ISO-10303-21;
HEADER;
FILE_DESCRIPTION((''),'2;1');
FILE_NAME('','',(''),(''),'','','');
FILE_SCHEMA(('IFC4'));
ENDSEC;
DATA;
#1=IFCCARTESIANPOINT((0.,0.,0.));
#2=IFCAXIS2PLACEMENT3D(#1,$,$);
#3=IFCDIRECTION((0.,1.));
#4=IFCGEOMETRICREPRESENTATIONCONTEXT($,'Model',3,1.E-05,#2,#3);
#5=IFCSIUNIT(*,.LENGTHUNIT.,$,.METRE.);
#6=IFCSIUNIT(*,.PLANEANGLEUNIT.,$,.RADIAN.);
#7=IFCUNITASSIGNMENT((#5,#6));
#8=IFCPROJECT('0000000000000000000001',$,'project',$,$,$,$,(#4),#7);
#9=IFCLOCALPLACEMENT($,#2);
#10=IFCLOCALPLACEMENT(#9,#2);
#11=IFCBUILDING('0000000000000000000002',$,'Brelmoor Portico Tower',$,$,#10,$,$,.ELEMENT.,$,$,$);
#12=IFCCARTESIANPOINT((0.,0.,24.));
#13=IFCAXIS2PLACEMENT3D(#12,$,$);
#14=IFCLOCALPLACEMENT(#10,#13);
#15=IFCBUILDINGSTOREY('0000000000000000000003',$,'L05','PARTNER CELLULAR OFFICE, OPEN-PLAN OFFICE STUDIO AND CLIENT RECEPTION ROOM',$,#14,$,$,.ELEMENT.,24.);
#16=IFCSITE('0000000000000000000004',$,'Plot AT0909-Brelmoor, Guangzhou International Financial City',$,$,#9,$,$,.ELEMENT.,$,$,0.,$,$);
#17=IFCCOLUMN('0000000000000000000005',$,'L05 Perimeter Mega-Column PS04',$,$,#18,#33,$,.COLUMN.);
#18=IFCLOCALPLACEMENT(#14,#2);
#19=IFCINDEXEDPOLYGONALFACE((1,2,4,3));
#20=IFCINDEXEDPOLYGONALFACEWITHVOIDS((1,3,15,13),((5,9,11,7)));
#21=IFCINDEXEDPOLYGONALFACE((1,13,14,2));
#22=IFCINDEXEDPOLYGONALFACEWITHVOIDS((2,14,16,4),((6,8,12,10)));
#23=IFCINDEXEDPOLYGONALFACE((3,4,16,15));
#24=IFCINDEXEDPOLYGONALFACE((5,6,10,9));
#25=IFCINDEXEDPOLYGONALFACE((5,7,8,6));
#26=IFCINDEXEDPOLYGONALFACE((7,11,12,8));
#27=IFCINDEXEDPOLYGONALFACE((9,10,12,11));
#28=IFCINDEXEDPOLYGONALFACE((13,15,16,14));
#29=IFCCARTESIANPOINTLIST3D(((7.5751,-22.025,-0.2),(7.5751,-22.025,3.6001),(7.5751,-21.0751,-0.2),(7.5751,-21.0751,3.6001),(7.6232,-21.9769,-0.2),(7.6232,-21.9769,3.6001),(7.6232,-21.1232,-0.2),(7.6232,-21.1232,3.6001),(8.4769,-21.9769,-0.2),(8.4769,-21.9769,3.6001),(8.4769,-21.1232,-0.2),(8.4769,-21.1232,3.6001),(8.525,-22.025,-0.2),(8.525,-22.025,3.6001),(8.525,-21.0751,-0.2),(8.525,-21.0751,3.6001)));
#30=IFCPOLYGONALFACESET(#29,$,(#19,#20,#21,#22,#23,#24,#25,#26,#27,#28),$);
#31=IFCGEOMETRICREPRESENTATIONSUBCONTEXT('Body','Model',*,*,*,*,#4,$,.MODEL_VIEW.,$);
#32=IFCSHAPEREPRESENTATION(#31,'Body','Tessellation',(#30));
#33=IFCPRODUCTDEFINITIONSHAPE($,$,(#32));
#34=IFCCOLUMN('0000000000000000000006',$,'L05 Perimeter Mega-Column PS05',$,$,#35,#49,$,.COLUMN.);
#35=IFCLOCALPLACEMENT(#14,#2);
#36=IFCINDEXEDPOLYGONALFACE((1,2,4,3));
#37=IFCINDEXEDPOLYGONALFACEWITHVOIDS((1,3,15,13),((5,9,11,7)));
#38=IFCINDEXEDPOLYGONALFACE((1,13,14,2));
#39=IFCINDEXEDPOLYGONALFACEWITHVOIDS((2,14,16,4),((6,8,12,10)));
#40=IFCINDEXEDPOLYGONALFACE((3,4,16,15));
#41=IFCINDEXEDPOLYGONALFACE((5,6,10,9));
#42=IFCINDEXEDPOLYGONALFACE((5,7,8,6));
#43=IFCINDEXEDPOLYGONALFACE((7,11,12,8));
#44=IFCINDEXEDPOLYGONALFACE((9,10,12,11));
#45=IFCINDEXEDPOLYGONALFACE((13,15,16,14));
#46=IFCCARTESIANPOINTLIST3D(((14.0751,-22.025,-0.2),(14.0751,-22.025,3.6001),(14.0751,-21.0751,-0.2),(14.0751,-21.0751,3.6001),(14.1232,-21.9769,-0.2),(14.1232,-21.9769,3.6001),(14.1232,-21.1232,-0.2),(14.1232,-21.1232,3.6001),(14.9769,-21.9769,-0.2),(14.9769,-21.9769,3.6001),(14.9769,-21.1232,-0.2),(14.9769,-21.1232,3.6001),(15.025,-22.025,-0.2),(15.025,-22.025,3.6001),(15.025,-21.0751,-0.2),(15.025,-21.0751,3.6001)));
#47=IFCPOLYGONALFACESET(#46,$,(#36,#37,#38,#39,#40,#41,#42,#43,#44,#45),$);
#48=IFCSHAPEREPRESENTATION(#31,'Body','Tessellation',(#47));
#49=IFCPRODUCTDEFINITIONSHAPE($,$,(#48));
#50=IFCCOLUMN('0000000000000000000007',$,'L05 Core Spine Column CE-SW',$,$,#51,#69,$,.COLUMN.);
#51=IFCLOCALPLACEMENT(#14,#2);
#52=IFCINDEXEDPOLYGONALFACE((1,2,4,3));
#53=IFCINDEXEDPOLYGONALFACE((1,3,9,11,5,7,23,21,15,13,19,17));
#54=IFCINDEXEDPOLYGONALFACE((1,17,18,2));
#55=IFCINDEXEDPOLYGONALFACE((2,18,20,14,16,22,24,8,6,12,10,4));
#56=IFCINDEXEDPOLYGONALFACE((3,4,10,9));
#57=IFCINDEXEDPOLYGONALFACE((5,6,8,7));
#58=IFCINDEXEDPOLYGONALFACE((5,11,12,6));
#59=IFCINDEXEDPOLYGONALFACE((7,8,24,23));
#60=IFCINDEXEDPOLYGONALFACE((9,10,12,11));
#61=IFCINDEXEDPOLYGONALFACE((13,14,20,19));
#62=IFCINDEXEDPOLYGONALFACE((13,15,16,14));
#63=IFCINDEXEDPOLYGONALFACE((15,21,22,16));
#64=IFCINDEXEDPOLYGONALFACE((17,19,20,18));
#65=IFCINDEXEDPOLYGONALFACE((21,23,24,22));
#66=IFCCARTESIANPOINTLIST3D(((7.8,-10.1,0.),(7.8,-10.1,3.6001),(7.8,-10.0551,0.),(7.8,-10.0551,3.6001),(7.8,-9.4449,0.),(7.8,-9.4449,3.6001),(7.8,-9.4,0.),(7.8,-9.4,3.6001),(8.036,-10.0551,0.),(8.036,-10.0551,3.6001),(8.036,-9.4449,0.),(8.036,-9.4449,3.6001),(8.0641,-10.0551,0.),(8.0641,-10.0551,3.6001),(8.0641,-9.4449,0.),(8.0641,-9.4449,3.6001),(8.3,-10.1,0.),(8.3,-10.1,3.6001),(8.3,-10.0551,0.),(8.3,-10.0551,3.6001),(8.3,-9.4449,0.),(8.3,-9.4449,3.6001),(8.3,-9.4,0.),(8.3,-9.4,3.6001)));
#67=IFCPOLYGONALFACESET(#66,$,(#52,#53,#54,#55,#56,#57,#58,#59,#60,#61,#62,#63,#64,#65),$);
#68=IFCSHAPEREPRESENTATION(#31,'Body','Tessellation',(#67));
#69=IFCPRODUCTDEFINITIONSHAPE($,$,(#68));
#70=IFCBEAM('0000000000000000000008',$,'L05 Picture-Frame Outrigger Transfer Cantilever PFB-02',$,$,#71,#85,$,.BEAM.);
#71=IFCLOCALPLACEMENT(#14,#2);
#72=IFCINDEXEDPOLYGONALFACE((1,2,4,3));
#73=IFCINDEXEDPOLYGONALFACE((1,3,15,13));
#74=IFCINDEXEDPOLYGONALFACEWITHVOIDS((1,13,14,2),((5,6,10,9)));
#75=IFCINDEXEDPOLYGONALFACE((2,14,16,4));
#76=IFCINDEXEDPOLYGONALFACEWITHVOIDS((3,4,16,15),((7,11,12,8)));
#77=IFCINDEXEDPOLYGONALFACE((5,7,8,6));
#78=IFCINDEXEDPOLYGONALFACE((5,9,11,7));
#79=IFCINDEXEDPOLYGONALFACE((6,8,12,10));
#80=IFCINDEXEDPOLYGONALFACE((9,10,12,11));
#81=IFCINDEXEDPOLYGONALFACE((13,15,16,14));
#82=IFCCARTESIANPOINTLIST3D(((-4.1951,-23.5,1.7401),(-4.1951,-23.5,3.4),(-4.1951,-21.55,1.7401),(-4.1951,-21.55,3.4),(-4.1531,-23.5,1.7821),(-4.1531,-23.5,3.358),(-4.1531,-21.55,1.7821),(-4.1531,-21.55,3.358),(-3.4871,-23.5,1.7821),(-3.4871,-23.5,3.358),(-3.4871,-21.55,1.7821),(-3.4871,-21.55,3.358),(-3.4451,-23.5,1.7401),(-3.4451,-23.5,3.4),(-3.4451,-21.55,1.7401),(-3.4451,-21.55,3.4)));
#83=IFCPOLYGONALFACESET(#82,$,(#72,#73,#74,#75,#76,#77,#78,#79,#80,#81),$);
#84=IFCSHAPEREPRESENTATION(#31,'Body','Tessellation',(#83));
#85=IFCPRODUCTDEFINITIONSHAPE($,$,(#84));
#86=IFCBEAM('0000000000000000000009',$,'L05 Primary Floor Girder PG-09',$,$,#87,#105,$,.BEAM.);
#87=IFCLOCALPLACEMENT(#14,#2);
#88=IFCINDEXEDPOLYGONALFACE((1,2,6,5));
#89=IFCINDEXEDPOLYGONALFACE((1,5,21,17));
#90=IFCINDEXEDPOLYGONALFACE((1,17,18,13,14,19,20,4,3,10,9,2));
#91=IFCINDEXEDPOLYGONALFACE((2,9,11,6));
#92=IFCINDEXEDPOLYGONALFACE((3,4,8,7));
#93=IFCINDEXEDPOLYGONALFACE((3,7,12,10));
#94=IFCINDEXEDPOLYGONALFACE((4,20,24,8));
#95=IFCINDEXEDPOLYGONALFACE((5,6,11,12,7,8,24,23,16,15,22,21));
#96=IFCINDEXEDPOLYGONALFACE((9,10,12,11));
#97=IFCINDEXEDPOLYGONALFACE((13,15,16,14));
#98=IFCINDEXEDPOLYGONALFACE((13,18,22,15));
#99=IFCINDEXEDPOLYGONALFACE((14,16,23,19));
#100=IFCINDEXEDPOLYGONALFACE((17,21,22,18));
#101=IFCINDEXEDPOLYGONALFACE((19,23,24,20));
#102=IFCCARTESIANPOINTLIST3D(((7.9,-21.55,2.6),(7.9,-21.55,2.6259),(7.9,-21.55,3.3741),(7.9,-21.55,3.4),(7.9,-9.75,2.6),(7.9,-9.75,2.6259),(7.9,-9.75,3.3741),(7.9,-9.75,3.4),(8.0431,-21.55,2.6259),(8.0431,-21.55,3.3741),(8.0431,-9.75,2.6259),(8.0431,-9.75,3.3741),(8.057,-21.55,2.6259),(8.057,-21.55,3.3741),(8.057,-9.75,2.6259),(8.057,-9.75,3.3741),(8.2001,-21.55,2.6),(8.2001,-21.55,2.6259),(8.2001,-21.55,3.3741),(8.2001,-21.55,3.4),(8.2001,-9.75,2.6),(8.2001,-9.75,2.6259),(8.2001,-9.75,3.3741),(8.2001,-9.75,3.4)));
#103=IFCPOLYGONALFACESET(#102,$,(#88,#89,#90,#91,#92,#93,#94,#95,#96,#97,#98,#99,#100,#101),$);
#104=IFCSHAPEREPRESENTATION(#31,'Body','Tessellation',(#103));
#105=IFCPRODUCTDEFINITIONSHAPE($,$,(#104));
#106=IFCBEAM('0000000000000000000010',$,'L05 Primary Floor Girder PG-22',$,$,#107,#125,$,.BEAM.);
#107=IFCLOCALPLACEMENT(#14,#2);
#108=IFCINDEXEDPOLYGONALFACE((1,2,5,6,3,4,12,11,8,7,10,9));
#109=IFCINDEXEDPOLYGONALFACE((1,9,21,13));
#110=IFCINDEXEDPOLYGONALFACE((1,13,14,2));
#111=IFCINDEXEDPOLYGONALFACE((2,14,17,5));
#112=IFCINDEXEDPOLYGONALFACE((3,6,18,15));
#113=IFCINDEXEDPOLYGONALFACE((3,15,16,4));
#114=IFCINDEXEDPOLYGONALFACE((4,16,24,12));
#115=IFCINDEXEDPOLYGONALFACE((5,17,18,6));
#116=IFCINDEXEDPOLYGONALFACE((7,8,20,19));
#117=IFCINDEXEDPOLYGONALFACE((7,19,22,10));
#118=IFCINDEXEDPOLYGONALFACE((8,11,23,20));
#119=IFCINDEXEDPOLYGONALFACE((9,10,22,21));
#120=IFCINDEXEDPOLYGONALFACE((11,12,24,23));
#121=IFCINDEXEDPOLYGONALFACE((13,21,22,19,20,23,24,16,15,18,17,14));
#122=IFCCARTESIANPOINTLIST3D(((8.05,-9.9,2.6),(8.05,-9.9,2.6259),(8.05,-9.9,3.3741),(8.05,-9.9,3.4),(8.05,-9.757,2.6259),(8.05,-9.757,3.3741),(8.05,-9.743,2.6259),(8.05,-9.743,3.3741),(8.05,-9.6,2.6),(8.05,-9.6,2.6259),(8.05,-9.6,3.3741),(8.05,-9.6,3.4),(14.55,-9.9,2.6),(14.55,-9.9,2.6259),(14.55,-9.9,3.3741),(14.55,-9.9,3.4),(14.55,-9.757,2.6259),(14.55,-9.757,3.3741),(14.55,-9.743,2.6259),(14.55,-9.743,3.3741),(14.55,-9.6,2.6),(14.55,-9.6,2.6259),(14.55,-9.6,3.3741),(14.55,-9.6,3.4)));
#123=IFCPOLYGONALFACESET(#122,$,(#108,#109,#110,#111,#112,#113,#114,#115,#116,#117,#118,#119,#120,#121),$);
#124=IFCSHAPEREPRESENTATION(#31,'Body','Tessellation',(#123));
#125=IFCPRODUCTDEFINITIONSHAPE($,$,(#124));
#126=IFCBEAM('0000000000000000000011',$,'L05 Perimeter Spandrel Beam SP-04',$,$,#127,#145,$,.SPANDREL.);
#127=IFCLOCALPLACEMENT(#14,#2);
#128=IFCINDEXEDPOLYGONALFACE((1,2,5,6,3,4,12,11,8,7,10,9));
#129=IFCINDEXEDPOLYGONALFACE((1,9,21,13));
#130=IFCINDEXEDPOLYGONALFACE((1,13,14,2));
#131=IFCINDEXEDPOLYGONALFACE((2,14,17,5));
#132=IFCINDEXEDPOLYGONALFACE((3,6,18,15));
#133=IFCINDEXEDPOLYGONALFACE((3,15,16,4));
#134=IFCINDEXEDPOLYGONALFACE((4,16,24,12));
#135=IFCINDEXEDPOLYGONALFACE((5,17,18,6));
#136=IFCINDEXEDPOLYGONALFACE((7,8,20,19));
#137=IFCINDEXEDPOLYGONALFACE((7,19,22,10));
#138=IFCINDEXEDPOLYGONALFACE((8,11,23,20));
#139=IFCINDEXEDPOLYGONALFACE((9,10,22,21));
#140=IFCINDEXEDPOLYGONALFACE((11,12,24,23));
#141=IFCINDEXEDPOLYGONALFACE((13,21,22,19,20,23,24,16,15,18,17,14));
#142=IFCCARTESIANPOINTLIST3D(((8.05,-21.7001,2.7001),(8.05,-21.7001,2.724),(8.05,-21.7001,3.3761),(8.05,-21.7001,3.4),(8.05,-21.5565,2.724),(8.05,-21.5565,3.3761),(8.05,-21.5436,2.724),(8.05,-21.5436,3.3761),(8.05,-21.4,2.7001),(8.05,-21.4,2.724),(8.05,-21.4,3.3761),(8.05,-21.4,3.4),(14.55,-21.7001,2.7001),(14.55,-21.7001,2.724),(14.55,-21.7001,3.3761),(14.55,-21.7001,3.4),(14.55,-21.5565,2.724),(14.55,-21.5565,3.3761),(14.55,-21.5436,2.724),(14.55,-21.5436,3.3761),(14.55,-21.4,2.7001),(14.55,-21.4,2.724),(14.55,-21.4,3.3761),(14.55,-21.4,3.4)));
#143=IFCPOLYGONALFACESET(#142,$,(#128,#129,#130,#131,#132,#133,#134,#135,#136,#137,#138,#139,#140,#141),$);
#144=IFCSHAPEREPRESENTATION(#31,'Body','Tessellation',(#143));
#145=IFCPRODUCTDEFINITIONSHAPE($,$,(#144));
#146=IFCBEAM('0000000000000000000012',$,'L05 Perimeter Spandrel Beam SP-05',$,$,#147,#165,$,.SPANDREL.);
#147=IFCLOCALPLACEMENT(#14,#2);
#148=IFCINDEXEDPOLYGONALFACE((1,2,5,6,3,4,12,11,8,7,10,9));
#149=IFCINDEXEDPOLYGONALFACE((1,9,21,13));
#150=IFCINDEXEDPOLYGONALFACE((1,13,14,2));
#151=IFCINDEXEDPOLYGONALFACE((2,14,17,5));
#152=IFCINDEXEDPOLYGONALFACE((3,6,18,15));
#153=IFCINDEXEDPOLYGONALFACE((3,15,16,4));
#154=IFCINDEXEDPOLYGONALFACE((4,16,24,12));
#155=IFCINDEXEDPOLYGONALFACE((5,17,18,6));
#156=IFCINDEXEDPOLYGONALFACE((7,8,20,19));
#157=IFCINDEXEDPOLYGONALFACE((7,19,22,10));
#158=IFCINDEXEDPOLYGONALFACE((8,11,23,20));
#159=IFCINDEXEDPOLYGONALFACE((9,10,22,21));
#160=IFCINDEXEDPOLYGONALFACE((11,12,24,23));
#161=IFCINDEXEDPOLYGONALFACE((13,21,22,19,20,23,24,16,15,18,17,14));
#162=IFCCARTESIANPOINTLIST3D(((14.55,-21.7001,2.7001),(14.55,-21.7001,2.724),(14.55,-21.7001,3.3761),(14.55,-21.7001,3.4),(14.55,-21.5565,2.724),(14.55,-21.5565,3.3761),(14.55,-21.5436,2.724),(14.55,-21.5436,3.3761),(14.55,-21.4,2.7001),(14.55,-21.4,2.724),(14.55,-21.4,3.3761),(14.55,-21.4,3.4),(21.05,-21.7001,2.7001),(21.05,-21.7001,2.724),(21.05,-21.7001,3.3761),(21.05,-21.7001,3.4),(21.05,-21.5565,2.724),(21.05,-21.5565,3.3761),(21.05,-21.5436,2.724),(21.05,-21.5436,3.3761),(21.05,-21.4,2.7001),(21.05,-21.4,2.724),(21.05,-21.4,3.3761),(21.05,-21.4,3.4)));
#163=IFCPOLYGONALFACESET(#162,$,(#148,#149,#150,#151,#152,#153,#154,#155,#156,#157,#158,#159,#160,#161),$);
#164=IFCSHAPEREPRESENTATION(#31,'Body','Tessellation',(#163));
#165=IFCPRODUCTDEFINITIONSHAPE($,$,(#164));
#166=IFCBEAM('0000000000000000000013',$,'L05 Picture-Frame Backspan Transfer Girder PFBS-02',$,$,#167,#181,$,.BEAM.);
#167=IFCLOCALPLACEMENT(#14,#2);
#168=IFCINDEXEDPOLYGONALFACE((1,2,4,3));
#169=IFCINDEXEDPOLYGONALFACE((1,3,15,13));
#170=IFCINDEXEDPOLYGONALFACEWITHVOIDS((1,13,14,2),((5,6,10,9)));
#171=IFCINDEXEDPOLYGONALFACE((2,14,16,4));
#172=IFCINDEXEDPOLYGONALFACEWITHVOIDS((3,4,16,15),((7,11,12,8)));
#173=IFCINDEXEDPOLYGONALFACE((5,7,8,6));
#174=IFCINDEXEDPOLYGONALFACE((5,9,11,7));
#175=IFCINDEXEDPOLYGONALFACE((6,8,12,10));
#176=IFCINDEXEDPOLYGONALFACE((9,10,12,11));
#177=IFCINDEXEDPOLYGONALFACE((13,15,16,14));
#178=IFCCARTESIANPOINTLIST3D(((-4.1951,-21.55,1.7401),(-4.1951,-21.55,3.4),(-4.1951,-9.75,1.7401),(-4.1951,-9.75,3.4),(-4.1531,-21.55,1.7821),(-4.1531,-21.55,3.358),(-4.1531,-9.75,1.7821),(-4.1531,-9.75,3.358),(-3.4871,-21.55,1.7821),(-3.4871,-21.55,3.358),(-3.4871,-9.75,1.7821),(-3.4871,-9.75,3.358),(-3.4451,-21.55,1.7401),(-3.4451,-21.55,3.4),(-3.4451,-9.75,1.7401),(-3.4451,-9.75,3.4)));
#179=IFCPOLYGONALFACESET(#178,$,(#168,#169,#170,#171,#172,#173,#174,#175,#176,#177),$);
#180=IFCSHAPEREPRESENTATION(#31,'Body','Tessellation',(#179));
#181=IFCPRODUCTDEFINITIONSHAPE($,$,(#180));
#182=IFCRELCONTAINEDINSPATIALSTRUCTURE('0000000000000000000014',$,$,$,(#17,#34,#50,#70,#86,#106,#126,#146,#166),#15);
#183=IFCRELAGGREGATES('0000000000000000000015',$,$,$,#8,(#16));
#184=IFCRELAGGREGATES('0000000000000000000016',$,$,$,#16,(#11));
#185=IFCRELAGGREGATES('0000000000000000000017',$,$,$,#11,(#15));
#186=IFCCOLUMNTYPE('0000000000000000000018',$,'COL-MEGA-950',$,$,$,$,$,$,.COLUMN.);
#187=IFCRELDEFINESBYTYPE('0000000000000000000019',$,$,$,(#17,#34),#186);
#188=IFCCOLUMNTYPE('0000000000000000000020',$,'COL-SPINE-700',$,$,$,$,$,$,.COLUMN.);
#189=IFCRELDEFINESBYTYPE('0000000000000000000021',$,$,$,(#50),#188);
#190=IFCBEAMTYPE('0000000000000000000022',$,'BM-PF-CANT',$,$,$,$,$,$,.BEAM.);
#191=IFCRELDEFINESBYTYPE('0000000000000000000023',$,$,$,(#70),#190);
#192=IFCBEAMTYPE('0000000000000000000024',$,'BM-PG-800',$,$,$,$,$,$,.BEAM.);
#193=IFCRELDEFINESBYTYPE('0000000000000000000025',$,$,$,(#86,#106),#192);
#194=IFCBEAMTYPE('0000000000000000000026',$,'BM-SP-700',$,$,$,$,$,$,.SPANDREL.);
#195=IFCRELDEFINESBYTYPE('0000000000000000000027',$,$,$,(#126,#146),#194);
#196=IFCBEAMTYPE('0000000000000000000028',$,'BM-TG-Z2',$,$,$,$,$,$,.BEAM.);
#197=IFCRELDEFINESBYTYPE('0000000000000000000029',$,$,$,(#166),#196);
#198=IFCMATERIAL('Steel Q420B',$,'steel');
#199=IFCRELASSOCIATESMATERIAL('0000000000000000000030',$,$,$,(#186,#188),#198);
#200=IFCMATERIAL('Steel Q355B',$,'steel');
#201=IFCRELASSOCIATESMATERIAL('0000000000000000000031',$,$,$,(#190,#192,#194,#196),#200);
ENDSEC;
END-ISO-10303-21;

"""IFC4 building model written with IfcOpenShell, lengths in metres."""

from ifc_helpers import new_model, si_unit, direction, frame, origin, origin_2d, place, context, subcontext, project, spatial, hollow_rectangle, i_section, extrude, material, material_profile, profile_set, type_object, element, save


model = new_model("IFC4")

# Units and contexts
model_context = context("Model", 3, precision=1e-05, world=origin(), true_north=direction((0.0, 1.0)))
body_context = subcontext(model_context, "Body", "Model", "MODEL_VIEW")
ifc_project = project(units=[si_unit("LENGTHUNIT", "METRE"), si_unit("PLANEANGLEUNIT", "RADIAN")], contexts=[model_context])

# Site, building, storey
site_placement = place(None, origin())
site = spatial("IfcSite", under=ifc_project, at=site_placement, Name="Plot AT0909-Brelmoor, Guangzhou International Financial City", CompositionType="ELEMENT", RefElevation=0.0)
building_placement = place(site_placement, origin())
building = spatial("IfcBuilding", under=site, at=building_placement, Name="Brelmoor Portico Tower", CompositionType="ELEMENT")
storey_placement = place(building_placement, frame((0.0, 0.0, 24.0)))
storey = spatial("IfcBuildingStorey", under=building, at=storey_placement, Name="L05", Description="PARTNER CELLULAR OFFICE, OPEN-PLAN OFFICE STUDIO AND CLIENT RECEPTION ROOM", CompositionType="ELEMENT", Elevation=24.0)

# Columns
ifc_material_1 = material(Name="Steel Q420B", Category="steel")
ifc_material_profile_1 = material_profile(ifc_material_1, hollow_rectangle(XDim=0.95, YDim=0.95, WallThickness=0.0481, at=origin_2d()), Name="BOX 950x950x48")
ifc_profile_set_1 = profile_set([ifc_material_profile_1], Name="Steel Q420B")
column_type_1 = type_object("IfcColumnType", Name="COL-MEGA-950", PredefinedType="COLUMN", material=ifc_profile_set_1)
for number, where, z_axis, x_axis, name in (
    (1, (8.05, -21.55, -0.2), (0.0, 0.0, 1.0), (1.0, 0.0, 0.0), "L05 Perimeter Mega-Column PS04"),
    (2, (14.55, -21.55, -0.2), (0.0, 0.0, 1.0), (1.0, 0.0, 0.0), "L05 Perimeter Mega-Column PS05"),
):
    element("IfcColumn", number, at=place(storey_placement, frame(where, z_axis=z_axis, x_axis=x_axis)), inside=storey, type_object=column_type_1, Name=name, PredefinedType="COLUMN", context=body_context, shape_type="SweptSolid", body=[
        extrude(hollow_rectangle(XDim=0.95, YDim=0.95, WallThickness=0.0481, at=origin_2d()), origin(), (0.0, 0.0, 1.0), 3.8),
    ])
ifc_material_profile_2 = material_profile(ifc_material_1, i_section(OverallWidth=0.5, OverallDepth=0.7, WebThickness=0.0281, FlangeThickness=0.0449, at=origin_2d()), Name="HW 700x500x28x45")
ifc_profile_set_2 = profile_set([ifc_material_profile_2], Name="Steel Q420B")
column_type_2 = type_object("IfcColumnType", Name="COL-SPINE-700", PredefinedType="COLUMN", material=ifc_profile_set_2)
column_placement = place(storey_placement, frame((8.05, -9.75, 0.0), z_axis=(0.0, 0.0, 1.0), x_axis=(1.0, 0.0, 0.0)))
element("IfcColumn", 3, at=column_placement, inside=storey, type_object=column_type_2, Name="L05 Core Spine Column CE-SW", PredefinedType="COLUMN", context=body_context, shape_type="SweptSolid", body=[
    extrude(i_section(OverallWidth=0.5, OverallDepth=0.7, WebThickness=0.0281, FlangeThickness=0.0449, at=origin_2d()), origin(), (0.0, 0.0, 1.0), 3.6001),
])

# Beams
ifc_material_2 = material(Name="Steel Q355B", Category="steel")
ifc_material_profile_3 = material_profile(ifc_material_2, hollow_rectangle(XDim=0.75, YDim=1.6599, WallThickness=0.042, at=origin_2d()), Name="BOX 750x1660x42")
ifc_profile_set_3 = profile_set([ifc_material_profile_3], Name="Steel Q355B")
beam_type_1 = type_object("IfcBeamType", Name="BM-PF-CANT", PredefinedType="BEAM", material=ifc_profile_set_3)
beam_1_placement = place(storey_placement, frame((-3.8201, -23.5, 2.5701), z_axis=(0.0, 1.0, 0.0), x_axis=(-1.0, 0.0, 0.0)))
element("IfcBeam", 4, at=beam_1_placement, inside=storey, type_object=beam_type_1, Name="L05 Picture-Frame Outrigger Transfer Cantilever PFB-02", PredefinedType="BEAM", context=body_context, shape_type="SweptSolid", body=[
    extrude(hollow_rectangle(XDim=0.75, YDim=1.6599, WallThickness=0.042, at=origin_2d()), origin(), (0.0, 0.0, 1.0), 1.95),
])
ifc_material_profile_4 = material_profile(ifc_material_2, i_section(OverallWidth=0.3, OverallDepth=0.8, WebThickness=0.0139, FlangeThickness=0.0259, at=origin_2d()), Name="HN 800x300x14x26")
ifc_profile_set_4 = profile_set([ifc_material_profile_4], Name="Steel Q355B")
beam_type_2 = type_object("IfcBeamType", Name="BM-PG-800", PredefinedType="BEAM", material=ifc_profile_set_4)
beam_2_placement = place(storey_placement, frame((8.05, -21.55, 3.0), z_axis=(0.0, 1.0, 0.0), x_axis=(-1.0, 0.0, 0.0)))
element("IfcBeam", 5, at=beam_2_placement, inside=storey, type_object=beam_type_2, Name="L05 Primary Floor Girder PG-09", PredefinedType="BEAM", context=body_context, shape_type="SweptSolid", body=[
    extrude(i_section(OverallWidth=0.3, OverallDepth=0.8, WebThickness=0.0139, FlangeThickness=0.0259, at=origin_2d()), origin(), (0.0, 0.0, 1.0), 11.8),
])
beam_3_placement = place(storey_placement, frame((8.05, -9.75, 3.0), z_axis=(1.0, 0.0, 0.0), x_axis=(0.0, 1.0, 0.0)))
element("IfcBeam", 6, at=beam_3_placement, inside=storey, type_object=beam_type_2, Name="L05 Primary Floor Girder PG-22", PredefinedType="BEAM", context=body_context, shape_type="SweptSolid", body=[
    extrude(i_section(OverallWidth=0.3, OverallDepth=0.8, WebThickness=0.0139, FlangeThickness=0.0259, at=origin_2d()), origin(), (0.0, 0.0, 1.0), 6.5),
])
ifc_material_profile_5 = material_profile(ifc_material_2, i_section(OverallWidth=0.3, OverallDepth=0.7, WebThickness=0.0129, FlangeThickness=0.0239, at=origin_2d()), Name="HN 700x300x13x24")
ifc_profile_set_5 = profile_set([ifc_material_profile_5], Name="Steel Q355B")
beam_type_3 = type_object("IfcBeamType", Name="BM-SP-700", PredefinedType="SPANDREL", material=ifc_profile_set_5)
for number, where, z_axis, x_axis, name in (
    (7, (8.05, -21.55, 3.05), (1.0, 0.0, 0.0), (0.0, 1.0, 0.0), "L05 Perimeter Spandrel Beam SP-04"),
    (8, (14.55, -21.55, 3.05), (1.0, 0.0, 0.0), (0.0, 1.0, 0.0), "L05 Perimeter Spandrel Beam SP-05"),
):
    element("IfcBeam", number, at=place(storey_placement, frame(where, z_axis=z_axis, x_axis=x_axis)), inside=storey, type_object=beam_type_3, Name=name, PredefinedType="SPANDREL", context=body_context, shape_type="SweptSolid", body=[
        extrude(i_section(OverallWidth=0.3, OverallDepth=0.7, WebThickness=0.0129, FlangeThickness=0.0239, at=origin_2d()), origin(), (0.0, 0.0, 1.0), 6.5),
    ])
ifc_material_profile_6 = material_profile(ifc_material_2, hollow_rectangle(XDim=0.75, YDim=1.6599, WallThickness=0.042, at=origin_2d()), Name="BOX 750x1660x42")
ifc_profile_set_6 = profile_set([ifc_material_profile_6], Name="Steel Q355B")
beam_type_4 = type_object("IfcBeamType", Name="BM-TG-Z2", PredefinedType="BEAM", material=ifc_profile_set_6)
beam_4_placement = place(storey_placement, frame((-3.8201, -21.55, 2.5701), z_axis=(0.0, 1.0, 0.0), x_axis=(-1.0, 0.0, 0.0)))
element("IfcBeam", 9, at=beam_4_placement, inside=storey, type_object=beam_type_4, Name="L05 Picture-Frame Backspan Transfer Girder PFBS-02", PredefinedType="BEAM", context=body_context, shape_type="SweptSolid", body=[
    extrude(hollow_rectangle(XDim=0.75, YDim=1.6599, WallThickness=0.042, at=origin_2d()), origin(), (0.0, 0.0, 1.0), 11.8),
])

save(model, "model.ifc")
